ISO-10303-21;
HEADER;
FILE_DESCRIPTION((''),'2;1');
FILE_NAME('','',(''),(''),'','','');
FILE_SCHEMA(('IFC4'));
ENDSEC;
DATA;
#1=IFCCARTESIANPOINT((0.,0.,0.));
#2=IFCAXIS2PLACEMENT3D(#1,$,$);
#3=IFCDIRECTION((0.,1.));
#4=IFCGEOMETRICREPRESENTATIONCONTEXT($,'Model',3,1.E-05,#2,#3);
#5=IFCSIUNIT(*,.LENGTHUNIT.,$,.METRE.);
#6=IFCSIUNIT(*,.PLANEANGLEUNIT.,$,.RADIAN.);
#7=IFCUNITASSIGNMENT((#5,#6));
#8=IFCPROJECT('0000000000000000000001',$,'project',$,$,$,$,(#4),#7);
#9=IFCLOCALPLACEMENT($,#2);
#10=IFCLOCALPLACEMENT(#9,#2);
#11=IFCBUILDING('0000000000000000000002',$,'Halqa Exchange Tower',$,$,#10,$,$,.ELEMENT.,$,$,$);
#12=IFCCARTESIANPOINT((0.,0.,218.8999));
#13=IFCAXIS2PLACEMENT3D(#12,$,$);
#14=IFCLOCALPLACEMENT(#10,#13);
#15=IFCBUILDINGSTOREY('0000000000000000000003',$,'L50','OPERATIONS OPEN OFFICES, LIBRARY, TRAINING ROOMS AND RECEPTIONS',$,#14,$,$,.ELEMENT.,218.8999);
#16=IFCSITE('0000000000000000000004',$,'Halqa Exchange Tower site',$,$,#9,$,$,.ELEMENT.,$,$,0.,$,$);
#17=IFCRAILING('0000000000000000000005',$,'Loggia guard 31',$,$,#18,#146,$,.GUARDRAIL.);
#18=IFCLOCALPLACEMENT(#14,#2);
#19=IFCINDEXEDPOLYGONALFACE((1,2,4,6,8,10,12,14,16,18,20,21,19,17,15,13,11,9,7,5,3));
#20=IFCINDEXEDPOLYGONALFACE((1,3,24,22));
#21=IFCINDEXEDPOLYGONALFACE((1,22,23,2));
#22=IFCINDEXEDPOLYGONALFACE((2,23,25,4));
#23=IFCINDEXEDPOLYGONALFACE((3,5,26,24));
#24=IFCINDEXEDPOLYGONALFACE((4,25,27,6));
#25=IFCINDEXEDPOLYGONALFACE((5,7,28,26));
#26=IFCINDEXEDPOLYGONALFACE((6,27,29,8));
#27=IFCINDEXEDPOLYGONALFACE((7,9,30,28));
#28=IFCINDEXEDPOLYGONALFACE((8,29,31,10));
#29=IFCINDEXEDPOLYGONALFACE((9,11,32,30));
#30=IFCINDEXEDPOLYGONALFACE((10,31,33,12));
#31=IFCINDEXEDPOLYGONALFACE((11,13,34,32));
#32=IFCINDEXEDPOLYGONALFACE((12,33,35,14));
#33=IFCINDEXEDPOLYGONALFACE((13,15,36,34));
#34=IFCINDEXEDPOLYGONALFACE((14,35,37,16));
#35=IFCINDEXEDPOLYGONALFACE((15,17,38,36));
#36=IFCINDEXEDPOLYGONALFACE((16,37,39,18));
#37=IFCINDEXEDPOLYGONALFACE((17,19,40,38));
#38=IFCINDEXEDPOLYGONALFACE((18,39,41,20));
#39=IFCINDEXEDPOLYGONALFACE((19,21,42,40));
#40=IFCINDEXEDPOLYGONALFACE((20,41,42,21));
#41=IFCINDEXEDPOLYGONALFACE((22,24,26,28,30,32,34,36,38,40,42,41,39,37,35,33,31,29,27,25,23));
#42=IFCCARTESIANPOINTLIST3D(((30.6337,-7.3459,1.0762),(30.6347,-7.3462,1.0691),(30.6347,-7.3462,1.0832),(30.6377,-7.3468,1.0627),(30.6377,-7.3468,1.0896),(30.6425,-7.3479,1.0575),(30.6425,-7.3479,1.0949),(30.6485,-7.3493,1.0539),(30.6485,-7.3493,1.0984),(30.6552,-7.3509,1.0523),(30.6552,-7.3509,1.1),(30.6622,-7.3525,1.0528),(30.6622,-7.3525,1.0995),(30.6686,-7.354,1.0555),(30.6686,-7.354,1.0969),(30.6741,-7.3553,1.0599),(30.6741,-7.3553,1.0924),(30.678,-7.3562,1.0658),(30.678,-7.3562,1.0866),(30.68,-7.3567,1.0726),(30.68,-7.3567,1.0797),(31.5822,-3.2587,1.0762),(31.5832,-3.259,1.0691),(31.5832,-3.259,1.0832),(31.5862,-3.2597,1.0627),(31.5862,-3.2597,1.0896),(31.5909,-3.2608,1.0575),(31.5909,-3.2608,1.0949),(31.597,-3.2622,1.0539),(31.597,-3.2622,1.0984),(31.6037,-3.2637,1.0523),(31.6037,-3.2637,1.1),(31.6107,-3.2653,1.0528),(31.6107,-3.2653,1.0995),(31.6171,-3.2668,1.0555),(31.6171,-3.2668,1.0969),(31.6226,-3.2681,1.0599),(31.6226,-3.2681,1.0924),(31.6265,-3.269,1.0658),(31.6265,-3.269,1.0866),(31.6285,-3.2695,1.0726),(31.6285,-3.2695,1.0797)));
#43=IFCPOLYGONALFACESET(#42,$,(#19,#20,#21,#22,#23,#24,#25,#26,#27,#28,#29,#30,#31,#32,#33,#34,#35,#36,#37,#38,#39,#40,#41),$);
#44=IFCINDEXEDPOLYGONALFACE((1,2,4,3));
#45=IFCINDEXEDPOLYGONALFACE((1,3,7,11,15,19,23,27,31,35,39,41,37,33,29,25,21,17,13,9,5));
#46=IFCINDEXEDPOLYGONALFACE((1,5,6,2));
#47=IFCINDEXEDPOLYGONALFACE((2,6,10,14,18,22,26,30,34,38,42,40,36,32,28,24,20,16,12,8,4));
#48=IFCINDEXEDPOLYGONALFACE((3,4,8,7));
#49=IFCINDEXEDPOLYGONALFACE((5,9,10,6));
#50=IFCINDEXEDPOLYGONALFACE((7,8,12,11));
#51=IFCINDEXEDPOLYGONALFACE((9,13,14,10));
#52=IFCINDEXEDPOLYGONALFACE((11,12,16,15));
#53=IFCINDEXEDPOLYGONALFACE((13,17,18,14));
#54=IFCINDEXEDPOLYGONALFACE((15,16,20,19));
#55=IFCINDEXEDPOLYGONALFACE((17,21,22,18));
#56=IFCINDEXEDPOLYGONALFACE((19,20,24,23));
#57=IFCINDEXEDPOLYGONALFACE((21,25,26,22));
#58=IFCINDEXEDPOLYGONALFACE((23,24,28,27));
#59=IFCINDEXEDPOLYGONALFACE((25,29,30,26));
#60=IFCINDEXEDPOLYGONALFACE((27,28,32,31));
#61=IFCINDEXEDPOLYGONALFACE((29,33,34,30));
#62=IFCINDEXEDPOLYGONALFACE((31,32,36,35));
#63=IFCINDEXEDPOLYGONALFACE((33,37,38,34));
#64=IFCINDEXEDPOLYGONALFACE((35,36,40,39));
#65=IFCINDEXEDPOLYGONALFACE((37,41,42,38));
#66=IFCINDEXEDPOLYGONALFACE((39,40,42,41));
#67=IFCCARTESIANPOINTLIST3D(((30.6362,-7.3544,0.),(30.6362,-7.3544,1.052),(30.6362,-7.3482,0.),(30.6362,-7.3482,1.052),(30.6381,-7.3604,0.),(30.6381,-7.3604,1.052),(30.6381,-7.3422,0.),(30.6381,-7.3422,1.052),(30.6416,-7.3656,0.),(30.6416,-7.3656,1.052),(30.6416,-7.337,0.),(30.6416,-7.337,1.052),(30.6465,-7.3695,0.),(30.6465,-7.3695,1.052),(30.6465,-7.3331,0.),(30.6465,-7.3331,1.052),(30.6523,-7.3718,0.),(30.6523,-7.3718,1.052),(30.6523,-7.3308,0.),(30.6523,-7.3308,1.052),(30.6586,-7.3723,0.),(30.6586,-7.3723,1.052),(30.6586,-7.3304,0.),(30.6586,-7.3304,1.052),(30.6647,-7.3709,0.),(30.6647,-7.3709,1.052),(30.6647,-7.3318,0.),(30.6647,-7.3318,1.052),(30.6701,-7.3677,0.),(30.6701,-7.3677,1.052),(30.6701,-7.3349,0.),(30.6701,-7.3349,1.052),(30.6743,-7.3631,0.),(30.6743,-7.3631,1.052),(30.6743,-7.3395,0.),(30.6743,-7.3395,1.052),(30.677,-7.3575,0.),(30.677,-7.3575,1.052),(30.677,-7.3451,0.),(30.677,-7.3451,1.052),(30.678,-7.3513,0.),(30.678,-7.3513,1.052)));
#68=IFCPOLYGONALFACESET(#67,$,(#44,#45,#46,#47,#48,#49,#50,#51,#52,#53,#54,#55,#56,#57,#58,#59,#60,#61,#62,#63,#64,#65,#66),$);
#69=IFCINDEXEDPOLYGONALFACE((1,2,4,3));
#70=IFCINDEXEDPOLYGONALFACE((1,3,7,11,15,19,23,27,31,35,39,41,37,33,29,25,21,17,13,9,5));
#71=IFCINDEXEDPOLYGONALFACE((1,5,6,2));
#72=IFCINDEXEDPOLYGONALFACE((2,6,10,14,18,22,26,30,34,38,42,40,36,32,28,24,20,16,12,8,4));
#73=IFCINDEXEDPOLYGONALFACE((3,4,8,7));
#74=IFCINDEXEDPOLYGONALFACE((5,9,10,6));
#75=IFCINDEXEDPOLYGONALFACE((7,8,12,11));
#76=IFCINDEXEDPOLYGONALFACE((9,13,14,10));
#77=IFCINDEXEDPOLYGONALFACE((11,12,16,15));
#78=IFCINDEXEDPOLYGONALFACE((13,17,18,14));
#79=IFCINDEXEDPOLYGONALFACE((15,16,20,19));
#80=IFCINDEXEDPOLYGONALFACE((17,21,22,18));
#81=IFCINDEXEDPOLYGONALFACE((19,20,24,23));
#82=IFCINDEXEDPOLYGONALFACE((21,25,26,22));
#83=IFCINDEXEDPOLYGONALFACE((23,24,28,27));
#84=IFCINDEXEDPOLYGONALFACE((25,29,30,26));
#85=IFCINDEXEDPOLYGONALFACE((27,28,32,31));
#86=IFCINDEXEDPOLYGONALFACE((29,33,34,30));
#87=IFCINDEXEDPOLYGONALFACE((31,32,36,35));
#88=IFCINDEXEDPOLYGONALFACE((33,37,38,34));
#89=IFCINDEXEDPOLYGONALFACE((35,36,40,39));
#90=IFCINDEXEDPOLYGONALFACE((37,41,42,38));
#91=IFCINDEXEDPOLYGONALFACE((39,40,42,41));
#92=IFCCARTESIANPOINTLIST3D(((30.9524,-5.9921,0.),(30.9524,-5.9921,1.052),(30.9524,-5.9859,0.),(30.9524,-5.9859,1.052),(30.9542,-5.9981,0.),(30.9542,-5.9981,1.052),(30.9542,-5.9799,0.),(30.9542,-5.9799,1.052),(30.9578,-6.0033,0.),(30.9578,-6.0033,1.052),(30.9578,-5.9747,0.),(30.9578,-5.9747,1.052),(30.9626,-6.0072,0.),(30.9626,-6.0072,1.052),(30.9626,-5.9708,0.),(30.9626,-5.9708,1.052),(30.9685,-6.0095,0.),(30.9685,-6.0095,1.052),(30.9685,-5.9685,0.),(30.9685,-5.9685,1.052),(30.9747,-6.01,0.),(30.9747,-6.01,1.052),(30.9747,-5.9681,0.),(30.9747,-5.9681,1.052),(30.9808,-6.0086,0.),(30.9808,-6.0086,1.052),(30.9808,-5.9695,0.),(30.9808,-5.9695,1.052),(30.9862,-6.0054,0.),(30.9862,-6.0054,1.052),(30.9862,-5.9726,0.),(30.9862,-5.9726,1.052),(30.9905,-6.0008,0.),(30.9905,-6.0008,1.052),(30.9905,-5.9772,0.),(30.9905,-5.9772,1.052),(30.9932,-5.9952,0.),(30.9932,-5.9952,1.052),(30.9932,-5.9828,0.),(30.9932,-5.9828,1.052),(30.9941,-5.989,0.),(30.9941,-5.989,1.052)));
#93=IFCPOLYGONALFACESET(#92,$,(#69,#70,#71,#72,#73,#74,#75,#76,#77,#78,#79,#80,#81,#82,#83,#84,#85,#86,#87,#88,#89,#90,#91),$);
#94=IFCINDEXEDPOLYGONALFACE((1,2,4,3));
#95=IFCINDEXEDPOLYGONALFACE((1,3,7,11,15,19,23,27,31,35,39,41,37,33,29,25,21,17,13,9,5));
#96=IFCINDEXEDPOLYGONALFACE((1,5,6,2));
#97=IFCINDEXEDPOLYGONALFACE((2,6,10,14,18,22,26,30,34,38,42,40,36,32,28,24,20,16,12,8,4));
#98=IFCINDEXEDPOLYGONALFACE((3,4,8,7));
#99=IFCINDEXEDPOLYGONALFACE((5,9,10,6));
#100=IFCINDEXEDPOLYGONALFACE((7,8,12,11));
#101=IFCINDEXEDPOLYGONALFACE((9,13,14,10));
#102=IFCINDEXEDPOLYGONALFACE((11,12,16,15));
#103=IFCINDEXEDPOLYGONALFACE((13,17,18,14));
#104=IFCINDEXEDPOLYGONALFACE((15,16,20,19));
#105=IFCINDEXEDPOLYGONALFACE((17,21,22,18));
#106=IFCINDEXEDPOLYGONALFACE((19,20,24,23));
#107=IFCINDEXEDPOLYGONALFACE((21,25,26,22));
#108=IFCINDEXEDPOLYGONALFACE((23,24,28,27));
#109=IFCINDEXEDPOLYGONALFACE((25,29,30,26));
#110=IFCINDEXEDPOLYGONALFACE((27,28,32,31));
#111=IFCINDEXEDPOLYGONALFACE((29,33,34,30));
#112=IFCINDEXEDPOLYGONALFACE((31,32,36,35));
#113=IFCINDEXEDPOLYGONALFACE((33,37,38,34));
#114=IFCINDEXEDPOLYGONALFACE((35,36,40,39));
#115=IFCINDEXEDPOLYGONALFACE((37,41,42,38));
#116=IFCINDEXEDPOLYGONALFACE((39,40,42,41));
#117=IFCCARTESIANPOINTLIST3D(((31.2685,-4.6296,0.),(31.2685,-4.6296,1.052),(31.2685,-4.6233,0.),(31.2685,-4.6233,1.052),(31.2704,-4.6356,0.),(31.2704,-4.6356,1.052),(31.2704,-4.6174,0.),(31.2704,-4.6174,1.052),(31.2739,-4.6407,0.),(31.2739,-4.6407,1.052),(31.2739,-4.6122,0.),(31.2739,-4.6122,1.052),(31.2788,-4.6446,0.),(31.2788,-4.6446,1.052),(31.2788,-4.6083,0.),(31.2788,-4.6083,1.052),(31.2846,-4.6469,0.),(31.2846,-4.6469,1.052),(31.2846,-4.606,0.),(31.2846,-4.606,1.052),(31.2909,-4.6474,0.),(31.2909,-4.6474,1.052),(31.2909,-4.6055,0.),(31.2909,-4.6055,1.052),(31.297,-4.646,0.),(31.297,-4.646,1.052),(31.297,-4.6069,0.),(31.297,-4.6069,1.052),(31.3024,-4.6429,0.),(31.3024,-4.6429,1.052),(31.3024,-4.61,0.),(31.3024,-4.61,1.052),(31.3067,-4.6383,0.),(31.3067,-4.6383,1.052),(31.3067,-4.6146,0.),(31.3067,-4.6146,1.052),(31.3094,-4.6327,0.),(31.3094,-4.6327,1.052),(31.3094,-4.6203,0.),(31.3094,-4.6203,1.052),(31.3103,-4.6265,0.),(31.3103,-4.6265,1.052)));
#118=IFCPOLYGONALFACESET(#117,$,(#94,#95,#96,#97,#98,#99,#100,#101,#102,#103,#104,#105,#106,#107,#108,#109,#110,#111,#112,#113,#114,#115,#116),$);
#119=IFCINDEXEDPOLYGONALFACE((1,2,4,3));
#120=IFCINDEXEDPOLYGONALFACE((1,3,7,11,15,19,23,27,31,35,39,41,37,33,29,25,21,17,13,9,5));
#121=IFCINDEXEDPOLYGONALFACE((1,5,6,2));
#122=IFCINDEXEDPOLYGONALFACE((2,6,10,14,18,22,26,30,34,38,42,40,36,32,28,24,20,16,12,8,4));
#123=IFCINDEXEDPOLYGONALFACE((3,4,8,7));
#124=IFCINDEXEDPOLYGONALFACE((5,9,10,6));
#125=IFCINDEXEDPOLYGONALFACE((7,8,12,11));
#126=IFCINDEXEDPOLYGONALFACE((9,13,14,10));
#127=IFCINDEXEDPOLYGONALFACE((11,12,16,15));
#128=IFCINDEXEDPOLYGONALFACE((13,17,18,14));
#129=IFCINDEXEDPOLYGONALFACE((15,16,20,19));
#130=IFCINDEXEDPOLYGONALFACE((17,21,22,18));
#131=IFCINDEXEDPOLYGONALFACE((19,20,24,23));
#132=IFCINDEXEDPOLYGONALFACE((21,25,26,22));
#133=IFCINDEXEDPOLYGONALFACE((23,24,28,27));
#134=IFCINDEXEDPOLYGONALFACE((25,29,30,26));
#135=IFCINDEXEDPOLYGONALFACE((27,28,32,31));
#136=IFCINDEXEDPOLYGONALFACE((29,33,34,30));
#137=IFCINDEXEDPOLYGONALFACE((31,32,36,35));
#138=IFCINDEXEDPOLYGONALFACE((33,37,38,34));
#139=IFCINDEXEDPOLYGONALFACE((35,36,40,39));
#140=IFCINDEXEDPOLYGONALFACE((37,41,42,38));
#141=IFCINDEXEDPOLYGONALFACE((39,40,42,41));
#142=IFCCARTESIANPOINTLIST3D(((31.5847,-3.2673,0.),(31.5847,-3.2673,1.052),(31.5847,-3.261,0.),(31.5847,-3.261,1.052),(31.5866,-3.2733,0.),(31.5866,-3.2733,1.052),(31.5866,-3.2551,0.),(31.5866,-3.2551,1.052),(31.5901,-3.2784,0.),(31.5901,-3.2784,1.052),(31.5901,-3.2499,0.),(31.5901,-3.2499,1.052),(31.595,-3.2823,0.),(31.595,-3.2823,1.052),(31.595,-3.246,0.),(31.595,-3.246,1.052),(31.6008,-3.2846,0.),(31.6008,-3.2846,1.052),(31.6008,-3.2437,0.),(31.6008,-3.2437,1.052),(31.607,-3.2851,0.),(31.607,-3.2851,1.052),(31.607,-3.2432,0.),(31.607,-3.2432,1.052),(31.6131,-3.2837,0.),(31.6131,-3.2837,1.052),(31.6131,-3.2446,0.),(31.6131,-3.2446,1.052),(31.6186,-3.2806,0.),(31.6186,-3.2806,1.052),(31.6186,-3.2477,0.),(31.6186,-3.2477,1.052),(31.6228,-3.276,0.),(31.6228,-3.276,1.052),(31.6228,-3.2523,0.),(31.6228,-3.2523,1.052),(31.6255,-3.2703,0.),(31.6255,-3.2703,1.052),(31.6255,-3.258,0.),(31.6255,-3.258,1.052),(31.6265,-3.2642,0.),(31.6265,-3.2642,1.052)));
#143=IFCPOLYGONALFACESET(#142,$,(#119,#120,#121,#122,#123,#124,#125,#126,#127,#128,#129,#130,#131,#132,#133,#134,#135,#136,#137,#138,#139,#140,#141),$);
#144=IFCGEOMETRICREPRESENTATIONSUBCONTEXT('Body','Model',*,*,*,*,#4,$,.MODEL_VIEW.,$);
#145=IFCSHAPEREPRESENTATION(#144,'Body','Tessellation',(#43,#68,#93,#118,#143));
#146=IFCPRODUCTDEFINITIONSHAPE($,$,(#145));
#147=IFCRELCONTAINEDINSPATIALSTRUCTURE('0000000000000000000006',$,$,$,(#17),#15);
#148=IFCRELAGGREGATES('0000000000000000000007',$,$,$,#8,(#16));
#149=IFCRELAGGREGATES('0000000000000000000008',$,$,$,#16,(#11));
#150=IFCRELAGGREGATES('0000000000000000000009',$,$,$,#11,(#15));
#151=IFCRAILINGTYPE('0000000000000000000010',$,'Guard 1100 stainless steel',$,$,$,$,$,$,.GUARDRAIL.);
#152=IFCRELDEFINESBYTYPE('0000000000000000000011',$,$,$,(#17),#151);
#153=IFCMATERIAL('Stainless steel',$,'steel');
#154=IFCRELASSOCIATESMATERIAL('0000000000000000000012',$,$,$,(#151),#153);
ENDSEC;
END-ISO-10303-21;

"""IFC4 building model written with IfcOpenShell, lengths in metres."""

from ifc_helpers import new_model, si_unit, direction, frame, origin, origin_2d, place, context, subcontext, project, spatial, circle, extrude, material, type_object, element, save


model = new_model("IFC4")

# Units and contexts
model_context = context("Model", 3, precision=1e-05, world=origin(), true_north=direction((0.0, 1.0)))
body_context = subcontext(model_context, "Body", "Model", "MODEL_VIEW")
ifc_project = project(units=[si_unit("LENGTHUNIT", "METRE"), si_unit("PLANEANGLEUNIT", "RADIAN")], contexts=[model_context])

# Site, building, storey
site_placement = place(None, origin())
site = spatial("IfcSite", under=ifc_project, at=site_placement, Name="Halqa Exchange Tower site", CompositionType="ELEMENT", RefElevation=0.0)
building_placement = place(site_placement, origin())
building = spatial("IfcBuilding", under=site, at=building_placement, Name="Halqa Exchange Tower", CompositionType="ELEMENT")
storey_placement = place(building_placement, frame((0.0, 0.0, 218.8999)))
storey = spatial("IfcBuildingStorey", under=building, at=storey_placement, Name="L50", Description="OPERATIONS OPEN OFFICES, LIBRARY, TRAINING ROOMS AND RECEPTIONS", CompositionType="ELEMENT", Elevation=218.8999)

# Railing
ifc_material_1 = material(Name="Stainless steel", Category="steel")
railing_type = type_object("IfcRailingType", Name="Guard 1100 stainless steel", PredefinedType="GUARDRAIL", material=ifc_material_1)
railing_1_placement = place(storey_placement, frame((30.657, -7.3513, 0.0)))
element("IfcRailing", 1, at=railing_1_placement, inside=storey, type_object=railing_type, Name="Loggia guard 31", PredefinedType="GUARDRAIL", context=body_context, shape_type="SweptSolid", body=[
    extrude(circle(Radius=0.0239, at=origin_2d()), frame((0.0, 0.0, 1.0762), z_axis=(0.226058, 0.974114, 0.0), x_axis=(-0.974114, 0.226058, 0.0)), (0.0, 0.0, 1.0), 4.1958),
    extrude(circle(Radius=0.021, at=origin_2d()), origin(), (0.0, 0.0, 1.0), 1.052),
    extrude(circle(Radius=0.021, at=origin_2d()), frame((0.3162, 1.3623, 0.0)), (0.0, 0.0, 1.0), 1.052),
    extrude(circle(Radius=0.021, at=origin_2d()), frame((0.6323, 2.7249, 0.0)), (0.0, 0.0, 1.0), 1.052),
    extrude(circle(Radius=0.021, at=origin_2d()), frame((0.9485, 4.0872, 0.0)), (0.0, 0.0, 1.0), 1.052),
])

save(model, "model.ifc")
